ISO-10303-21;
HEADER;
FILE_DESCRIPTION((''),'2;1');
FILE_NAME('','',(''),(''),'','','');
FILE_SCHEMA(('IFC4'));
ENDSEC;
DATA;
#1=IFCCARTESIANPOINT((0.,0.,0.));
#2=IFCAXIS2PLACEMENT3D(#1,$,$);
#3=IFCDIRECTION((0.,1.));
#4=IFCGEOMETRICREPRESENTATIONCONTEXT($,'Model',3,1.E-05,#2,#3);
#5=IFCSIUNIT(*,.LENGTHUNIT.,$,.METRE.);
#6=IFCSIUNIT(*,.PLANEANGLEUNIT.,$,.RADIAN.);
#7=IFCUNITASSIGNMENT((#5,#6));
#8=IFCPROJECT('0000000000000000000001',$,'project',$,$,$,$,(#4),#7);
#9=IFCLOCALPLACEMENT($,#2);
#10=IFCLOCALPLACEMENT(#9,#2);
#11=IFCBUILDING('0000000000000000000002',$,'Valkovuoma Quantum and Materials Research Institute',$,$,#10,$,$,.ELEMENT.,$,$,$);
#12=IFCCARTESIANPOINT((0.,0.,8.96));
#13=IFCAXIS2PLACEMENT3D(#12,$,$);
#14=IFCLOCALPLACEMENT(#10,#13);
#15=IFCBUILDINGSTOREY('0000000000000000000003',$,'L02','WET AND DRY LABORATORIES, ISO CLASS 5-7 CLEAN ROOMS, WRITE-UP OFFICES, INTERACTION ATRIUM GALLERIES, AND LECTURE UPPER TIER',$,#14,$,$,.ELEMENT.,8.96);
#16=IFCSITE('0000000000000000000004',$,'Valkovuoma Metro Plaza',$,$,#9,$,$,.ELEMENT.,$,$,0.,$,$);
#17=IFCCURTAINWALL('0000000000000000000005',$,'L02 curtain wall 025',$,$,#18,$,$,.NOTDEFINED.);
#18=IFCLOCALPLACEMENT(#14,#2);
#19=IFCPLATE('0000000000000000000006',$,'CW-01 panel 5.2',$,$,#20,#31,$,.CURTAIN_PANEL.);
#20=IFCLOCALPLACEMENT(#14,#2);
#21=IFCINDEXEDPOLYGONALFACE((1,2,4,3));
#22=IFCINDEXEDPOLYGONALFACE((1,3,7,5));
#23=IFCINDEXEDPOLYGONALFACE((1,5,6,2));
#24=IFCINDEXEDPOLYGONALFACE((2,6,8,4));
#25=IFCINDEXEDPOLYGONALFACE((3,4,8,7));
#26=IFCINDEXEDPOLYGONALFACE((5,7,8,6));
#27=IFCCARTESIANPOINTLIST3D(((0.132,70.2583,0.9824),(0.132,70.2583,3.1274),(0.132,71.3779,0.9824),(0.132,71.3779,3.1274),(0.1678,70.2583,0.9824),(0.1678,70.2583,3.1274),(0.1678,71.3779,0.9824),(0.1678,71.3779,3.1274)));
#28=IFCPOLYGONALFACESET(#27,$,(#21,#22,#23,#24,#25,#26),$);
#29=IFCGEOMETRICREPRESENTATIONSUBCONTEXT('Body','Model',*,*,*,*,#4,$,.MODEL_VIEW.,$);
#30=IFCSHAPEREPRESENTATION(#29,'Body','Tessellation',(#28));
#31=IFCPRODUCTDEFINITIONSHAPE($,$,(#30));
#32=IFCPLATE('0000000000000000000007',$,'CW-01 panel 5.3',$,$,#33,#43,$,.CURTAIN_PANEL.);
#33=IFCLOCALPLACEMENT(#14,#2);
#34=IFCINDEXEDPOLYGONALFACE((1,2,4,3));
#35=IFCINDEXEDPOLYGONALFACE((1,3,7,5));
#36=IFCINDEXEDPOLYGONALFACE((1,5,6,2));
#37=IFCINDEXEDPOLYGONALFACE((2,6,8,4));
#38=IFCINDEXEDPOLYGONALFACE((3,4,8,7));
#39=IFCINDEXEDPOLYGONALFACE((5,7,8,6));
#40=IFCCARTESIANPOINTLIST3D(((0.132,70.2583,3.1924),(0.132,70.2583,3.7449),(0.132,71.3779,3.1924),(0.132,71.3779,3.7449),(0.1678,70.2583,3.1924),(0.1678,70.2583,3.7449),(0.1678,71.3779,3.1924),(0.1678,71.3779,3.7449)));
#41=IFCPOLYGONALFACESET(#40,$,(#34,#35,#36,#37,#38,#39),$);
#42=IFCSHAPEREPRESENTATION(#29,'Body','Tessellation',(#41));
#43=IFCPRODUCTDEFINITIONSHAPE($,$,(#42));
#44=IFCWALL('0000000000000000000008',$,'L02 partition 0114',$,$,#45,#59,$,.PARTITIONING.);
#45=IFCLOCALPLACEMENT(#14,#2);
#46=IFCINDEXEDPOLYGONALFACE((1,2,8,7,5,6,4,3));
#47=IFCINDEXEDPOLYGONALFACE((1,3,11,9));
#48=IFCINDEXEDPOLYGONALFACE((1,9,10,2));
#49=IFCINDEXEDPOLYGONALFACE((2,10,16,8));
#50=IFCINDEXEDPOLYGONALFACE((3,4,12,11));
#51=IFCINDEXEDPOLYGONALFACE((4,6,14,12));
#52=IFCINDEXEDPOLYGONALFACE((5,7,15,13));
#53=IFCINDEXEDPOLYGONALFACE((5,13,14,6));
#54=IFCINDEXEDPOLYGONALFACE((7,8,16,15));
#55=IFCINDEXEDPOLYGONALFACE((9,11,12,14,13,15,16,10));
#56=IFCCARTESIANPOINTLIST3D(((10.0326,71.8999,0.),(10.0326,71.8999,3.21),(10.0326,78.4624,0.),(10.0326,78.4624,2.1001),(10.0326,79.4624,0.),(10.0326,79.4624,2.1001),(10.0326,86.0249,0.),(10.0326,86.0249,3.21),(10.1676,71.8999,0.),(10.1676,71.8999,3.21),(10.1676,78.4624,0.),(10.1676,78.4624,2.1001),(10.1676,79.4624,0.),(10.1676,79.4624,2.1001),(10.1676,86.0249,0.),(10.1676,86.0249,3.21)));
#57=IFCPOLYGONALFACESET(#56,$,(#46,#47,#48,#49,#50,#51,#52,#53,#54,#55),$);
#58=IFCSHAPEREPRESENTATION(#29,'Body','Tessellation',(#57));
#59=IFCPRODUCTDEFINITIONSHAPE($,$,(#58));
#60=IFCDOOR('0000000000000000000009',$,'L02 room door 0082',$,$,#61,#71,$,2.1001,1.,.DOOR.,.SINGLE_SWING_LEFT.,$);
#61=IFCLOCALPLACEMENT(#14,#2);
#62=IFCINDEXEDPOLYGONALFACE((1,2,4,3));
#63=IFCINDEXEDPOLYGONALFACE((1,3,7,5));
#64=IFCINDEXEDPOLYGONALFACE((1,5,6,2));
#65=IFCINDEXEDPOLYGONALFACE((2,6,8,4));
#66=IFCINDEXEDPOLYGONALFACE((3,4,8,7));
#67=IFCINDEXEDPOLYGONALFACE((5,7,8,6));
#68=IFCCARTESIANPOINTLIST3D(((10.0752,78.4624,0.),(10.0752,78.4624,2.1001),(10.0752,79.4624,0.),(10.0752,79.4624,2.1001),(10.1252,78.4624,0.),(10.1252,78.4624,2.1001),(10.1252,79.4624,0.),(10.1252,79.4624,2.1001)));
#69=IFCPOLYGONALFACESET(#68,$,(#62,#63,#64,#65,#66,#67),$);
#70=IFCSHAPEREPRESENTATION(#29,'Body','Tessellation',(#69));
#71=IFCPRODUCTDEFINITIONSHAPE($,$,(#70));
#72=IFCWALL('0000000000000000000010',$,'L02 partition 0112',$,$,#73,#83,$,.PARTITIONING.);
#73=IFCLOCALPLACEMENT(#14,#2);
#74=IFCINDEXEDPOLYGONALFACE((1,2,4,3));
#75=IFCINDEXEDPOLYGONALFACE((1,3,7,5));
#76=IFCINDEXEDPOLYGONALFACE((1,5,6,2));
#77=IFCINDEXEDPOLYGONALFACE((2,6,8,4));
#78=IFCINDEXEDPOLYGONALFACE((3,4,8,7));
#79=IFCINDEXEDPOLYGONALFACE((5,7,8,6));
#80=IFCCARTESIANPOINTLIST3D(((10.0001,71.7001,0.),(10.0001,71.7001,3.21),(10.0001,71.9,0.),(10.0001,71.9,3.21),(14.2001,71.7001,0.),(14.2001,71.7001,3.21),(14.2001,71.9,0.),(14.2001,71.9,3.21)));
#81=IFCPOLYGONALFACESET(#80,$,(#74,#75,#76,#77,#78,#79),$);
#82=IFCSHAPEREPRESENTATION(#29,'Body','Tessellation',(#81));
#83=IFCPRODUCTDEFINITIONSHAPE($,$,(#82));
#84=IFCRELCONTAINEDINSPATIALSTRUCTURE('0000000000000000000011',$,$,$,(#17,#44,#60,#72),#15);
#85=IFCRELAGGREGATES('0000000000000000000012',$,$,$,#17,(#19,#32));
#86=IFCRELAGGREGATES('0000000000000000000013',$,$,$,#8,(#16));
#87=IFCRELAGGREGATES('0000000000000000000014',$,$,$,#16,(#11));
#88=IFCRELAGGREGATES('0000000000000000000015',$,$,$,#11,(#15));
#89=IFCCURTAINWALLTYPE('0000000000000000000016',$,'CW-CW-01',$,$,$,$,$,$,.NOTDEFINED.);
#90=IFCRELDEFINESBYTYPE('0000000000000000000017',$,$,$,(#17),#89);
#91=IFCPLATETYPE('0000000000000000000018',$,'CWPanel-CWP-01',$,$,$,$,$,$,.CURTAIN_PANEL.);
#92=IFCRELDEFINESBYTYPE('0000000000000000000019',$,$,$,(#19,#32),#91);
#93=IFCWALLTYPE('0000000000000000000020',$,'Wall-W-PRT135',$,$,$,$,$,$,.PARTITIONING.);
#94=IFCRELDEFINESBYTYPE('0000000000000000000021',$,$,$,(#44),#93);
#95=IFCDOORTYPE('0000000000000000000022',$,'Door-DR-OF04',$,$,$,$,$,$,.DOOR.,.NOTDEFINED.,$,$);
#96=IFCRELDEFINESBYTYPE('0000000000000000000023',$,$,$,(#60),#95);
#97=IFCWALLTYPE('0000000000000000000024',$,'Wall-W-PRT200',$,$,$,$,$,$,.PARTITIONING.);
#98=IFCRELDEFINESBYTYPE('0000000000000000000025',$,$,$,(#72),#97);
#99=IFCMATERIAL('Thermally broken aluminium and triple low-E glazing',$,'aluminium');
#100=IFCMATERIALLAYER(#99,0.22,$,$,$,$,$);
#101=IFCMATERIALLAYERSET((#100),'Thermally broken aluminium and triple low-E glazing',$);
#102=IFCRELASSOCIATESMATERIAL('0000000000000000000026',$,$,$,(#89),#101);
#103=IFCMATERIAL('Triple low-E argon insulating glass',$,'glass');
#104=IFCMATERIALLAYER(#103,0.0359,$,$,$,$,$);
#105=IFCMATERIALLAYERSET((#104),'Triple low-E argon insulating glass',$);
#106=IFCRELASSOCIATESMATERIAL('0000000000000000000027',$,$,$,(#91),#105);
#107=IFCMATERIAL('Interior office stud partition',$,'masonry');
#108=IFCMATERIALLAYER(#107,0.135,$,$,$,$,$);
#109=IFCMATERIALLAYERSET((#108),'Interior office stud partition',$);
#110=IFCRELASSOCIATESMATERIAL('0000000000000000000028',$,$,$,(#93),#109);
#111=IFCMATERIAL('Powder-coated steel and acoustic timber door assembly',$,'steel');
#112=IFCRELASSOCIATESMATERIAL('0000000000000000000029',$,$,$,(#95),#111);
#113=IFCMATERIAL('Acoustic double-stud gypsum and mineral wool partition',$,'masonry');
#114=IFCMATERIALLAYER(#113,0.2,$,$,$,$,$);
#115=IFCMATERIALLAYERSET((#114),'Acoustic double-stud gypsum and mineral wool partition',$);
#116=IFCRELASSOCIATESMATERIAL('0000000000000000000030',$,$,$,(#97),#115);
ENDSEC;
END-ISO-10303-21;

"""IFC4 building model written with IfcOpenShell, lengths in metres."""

from ifc_helpers import new_model, si_unit, direction, frame, frame_2d, origin, origin_2d, place, context, subcontext, project, spatial, rectangle, extrude, material, layer, layer_set, type_object, element, fill, aggregate, save


model = new_model("IFC4")

# Units and contexts
model_context = context("Model", 3, precision=1e-05, world=origin(), true_north=direction((0.0, 1.0)))
body_context = subcontext(model_context, "Body", "Model", "MODEL_VIEW")
ifc_project = project(units=[si_unit("LENGTHUNIT", "METRE"), si_unit("PLANEANGLEUNIT", "RADIAN")], contexts=[model_context])

# Site, building, storey
site_placement = place(None, origin())
site = spatial("IfcSite", under=ifc_project, at=site_placement, Name="Valkovuoma Metro Plaza", CompositionType="ELEMENT", RefElevation=0.0)
building_placement = place(site_placement, origin())
building = spatial("IfcBuilding", under=site, at=building_placement, Name="Valkovuoma Quantum and Materials Research Institute", CompositionType="ELEMENT")
storey_placement = place(building_placement, frame((0.0, 0.0, 8.96)))
storey = spatial("IfcBuildingStorey", under=building, at=storey_placement, Name="L02", Description="WET AND DRY LABORATORIES, ISO CLASS 5-7 CLEAN ROOMS, WRITE-UP OFFICES, INTERACTION ATRIUM GALLERIES, AND LECTURE UPPER TIER", CompositionType="ELEMENT", Elevation=8.96)

# Curtain wall, plates
ifc_material_1 = material(Name="Thermally broken aluminium and triple low-E glazing", Category="aluminium")
ifc_layer_1 = layer(ifc_material_1, 0.22)
ifc_layer_set_1 = layer_set([ifc_layer_1], Name="Thermally broken aluminium and triple low-E glazing")
curtain_wall_type = type_object("IfcCurtainWallType", Name="CW-CW-01", PredefinedType="NOTDEFINED", material=ifc_layer_set_1)
curtain_wall_placement = place(storey_placement, origin())
curtain_wall = element("IfcCurtainWall", 1, at=curtain_wall_placement, inside=storey, type_object=curtain_wall_type, Name="L02 curtain wall 025", PredefinedType="NOTDEFINED")
ifc_material_2 = material(Name="Triple low-E argon insulating glass", Category="glass")
ifc_layer_2 = layer(ifc_material_2, 0.0359)
ifc_layer_set_2 = layer_set([ifc_layer_2], Name="Triple low-E argon insulating glass")
plate_type = type_object("IfcPlateType", Name="CWPanel-CWP-01", PredefinedType="CURTAIN_PANEL", material=ifc_layer_set_2)
plate_1_placement = place(storey_placement, frame((0.1499, 70.8181, 0.9824), z_axis=(0.0, 0.0, 1.0), x_axis=(0.0, 1.0, 0.0)))
plate_1 = element("IfcPlate", 2, at=plate_1_placement, type_object=plate_type, Name="CW-01 panel 5.2", PredefinedType="CURTAIN_PANEL", context=body_context, shape_type="SweptSolid", body=[
    extrude(rectangle(XDim=1.1196, YDim=0.0359, at=origin_2d()), origin(), (0.0, 0.0, 1.0), 2.145),
])
plate_2_placement = place(storey_placement, frame((0.1499, 70.8181, 3.1924), z_axis=(0.0, 0.0, 1.0), x_axis=(0.0, 1.0, 0.0)))
plate_2 = element("IfcPlate", 3, at=plate_2_placement, type_object=plate_type, Name="CW-01 panel 5.3", PredefinedType="CURTAIN_PANEL", context=body_context, shape_type="SweptSolid", body=[
    extrude(rectangle(XDim=1.1196, YDim=0.0359, at=origin_2d()), origin(), (0.0, 0.0, 1.0), 0.5525),
])
aggregate(curtain_wall, [plate_1, plate_2])

# Wall, opening, door
ifc_material_3 = material(Name="Interior office stud partition", Category="masonry")
ifc_layer_3 = layer(ifc_material_3, 0.135)
ifc_layer_set_3 = layer_set([ifc_layer_3], Name="Interior office stud partition")
wall_type_1 = type_object("IfcWallType", Name="Wall-W-PRT135", PredefinedType="PARTITIONING", material=ifc_layer_set_3)
wall_1_placement = place(storey_placement, frame((10.1001, 71.8999, 0.0), z_axis=(0.0, 0.0, 1.0), x_axis=(0.0, 1.0, 0.0)))
wall_1 = element("IfcWall", 4, at=wall_1_placement, inside=storey, type_object=wall_type_1, Name="L02 partition 0114", PredefinedType="PARTITIONING", context=body_context, shape_type="SweptSolid", body=[
    extrude(rectangle(XDim=14.125, YDim=0.135, at=frame_2d((7.0625, 0.0))), origin(), (0.0, 0.0, 1.0), 3.21),
])
opening_placement = place(wall_1_placement, frame((6.5625, 0.0, 0.0)))
opening = element("IfcOpeningElement", 5, at=opening_placement, cuts=wall_1, PredefinedType="OPENING", context=body_context, shape_type="SweptSolid", body=[
    extrude(rectangle(XDim=1.0, YDim=2.1001, at=frame_2d((0.5, 1.05))), frame((0.0, 0.0776, 0.0), z_axis=(0.0, -1.0, 0.0), x_axis=(1.0, 0.0, 0.0)), (0.0, 0.0, 1.0), 0.155),
])
ifc_material_4 = material(Name="Powder-coated steel and acoustic timber door assembly", Category="steel")
door_type = type_object("IfcDoorType", Name="Door-DR-OF04", OperationType="NOTDEFINED", PredefinedType="DOOR", material=ifc_material_4)
door_placement = place(opening_placement, origin())
door = element("IfcDoor", 6, at=door_placement, inside=storey, type_object=door_type, Name="L02 room door 0082", OperationType="SINGLE_SWING_LEFT", OverallHeight=2.1001, OverallWidth=1.0, PredefinedType="DOOR", context=body_context, shape_type="SweptSolid", body=[
    extrude(rectangle(XDim=1.0, YDim=2.1001, at=frame_2d((0.5, 1.05))), frame((0.0, 0.0249, 0.0), z_axis=(0.0, -1.0, 0.0), x_axis=(1.0, 0.0, 0.0)), (0.0, 0.0, 1.0), 0.05),
])
fill(opening, door)

# Wall
ifc_material_5 = material(Name="Acoustic double-stud gypsum and mineral wool partition", Category="masonry")
ifc_layer_4 = layer(ifc_material_5, 0.2)
ifc_layer_set_4 = layer_set([ifc_layer_4], Name="Acoustic double-stud gypsum and mineral wool partition")
wall_type_2 = type_object("IfcWallType", Name="Wall-W-PRT200", PredefinedType="PARTITIONING", material=ifc_layer_set_4)
wall_2_placement = place(storey_placement, frame((10.0, 71.8, 0.0), z_axis=(0.0, 0.0, 1.0), x_axis=(1.0, 0.0, 0.0)))
element("IfcWall", 7, at=wall_2_placement, inside=storey, type_object=wall_type_2, Name="L02 partition 0112", PredefinedType="PARTITIONING", context=body_context, shape_type="SweptSolid", body=[
    extrude(rectangle(XDim=4.2, YDim=0.2, at=frame_2d((2.1001, 0.0))), origin(), (0.0, 0.0, 1.0), 3.21),
])

save(model, "model.ifc")
